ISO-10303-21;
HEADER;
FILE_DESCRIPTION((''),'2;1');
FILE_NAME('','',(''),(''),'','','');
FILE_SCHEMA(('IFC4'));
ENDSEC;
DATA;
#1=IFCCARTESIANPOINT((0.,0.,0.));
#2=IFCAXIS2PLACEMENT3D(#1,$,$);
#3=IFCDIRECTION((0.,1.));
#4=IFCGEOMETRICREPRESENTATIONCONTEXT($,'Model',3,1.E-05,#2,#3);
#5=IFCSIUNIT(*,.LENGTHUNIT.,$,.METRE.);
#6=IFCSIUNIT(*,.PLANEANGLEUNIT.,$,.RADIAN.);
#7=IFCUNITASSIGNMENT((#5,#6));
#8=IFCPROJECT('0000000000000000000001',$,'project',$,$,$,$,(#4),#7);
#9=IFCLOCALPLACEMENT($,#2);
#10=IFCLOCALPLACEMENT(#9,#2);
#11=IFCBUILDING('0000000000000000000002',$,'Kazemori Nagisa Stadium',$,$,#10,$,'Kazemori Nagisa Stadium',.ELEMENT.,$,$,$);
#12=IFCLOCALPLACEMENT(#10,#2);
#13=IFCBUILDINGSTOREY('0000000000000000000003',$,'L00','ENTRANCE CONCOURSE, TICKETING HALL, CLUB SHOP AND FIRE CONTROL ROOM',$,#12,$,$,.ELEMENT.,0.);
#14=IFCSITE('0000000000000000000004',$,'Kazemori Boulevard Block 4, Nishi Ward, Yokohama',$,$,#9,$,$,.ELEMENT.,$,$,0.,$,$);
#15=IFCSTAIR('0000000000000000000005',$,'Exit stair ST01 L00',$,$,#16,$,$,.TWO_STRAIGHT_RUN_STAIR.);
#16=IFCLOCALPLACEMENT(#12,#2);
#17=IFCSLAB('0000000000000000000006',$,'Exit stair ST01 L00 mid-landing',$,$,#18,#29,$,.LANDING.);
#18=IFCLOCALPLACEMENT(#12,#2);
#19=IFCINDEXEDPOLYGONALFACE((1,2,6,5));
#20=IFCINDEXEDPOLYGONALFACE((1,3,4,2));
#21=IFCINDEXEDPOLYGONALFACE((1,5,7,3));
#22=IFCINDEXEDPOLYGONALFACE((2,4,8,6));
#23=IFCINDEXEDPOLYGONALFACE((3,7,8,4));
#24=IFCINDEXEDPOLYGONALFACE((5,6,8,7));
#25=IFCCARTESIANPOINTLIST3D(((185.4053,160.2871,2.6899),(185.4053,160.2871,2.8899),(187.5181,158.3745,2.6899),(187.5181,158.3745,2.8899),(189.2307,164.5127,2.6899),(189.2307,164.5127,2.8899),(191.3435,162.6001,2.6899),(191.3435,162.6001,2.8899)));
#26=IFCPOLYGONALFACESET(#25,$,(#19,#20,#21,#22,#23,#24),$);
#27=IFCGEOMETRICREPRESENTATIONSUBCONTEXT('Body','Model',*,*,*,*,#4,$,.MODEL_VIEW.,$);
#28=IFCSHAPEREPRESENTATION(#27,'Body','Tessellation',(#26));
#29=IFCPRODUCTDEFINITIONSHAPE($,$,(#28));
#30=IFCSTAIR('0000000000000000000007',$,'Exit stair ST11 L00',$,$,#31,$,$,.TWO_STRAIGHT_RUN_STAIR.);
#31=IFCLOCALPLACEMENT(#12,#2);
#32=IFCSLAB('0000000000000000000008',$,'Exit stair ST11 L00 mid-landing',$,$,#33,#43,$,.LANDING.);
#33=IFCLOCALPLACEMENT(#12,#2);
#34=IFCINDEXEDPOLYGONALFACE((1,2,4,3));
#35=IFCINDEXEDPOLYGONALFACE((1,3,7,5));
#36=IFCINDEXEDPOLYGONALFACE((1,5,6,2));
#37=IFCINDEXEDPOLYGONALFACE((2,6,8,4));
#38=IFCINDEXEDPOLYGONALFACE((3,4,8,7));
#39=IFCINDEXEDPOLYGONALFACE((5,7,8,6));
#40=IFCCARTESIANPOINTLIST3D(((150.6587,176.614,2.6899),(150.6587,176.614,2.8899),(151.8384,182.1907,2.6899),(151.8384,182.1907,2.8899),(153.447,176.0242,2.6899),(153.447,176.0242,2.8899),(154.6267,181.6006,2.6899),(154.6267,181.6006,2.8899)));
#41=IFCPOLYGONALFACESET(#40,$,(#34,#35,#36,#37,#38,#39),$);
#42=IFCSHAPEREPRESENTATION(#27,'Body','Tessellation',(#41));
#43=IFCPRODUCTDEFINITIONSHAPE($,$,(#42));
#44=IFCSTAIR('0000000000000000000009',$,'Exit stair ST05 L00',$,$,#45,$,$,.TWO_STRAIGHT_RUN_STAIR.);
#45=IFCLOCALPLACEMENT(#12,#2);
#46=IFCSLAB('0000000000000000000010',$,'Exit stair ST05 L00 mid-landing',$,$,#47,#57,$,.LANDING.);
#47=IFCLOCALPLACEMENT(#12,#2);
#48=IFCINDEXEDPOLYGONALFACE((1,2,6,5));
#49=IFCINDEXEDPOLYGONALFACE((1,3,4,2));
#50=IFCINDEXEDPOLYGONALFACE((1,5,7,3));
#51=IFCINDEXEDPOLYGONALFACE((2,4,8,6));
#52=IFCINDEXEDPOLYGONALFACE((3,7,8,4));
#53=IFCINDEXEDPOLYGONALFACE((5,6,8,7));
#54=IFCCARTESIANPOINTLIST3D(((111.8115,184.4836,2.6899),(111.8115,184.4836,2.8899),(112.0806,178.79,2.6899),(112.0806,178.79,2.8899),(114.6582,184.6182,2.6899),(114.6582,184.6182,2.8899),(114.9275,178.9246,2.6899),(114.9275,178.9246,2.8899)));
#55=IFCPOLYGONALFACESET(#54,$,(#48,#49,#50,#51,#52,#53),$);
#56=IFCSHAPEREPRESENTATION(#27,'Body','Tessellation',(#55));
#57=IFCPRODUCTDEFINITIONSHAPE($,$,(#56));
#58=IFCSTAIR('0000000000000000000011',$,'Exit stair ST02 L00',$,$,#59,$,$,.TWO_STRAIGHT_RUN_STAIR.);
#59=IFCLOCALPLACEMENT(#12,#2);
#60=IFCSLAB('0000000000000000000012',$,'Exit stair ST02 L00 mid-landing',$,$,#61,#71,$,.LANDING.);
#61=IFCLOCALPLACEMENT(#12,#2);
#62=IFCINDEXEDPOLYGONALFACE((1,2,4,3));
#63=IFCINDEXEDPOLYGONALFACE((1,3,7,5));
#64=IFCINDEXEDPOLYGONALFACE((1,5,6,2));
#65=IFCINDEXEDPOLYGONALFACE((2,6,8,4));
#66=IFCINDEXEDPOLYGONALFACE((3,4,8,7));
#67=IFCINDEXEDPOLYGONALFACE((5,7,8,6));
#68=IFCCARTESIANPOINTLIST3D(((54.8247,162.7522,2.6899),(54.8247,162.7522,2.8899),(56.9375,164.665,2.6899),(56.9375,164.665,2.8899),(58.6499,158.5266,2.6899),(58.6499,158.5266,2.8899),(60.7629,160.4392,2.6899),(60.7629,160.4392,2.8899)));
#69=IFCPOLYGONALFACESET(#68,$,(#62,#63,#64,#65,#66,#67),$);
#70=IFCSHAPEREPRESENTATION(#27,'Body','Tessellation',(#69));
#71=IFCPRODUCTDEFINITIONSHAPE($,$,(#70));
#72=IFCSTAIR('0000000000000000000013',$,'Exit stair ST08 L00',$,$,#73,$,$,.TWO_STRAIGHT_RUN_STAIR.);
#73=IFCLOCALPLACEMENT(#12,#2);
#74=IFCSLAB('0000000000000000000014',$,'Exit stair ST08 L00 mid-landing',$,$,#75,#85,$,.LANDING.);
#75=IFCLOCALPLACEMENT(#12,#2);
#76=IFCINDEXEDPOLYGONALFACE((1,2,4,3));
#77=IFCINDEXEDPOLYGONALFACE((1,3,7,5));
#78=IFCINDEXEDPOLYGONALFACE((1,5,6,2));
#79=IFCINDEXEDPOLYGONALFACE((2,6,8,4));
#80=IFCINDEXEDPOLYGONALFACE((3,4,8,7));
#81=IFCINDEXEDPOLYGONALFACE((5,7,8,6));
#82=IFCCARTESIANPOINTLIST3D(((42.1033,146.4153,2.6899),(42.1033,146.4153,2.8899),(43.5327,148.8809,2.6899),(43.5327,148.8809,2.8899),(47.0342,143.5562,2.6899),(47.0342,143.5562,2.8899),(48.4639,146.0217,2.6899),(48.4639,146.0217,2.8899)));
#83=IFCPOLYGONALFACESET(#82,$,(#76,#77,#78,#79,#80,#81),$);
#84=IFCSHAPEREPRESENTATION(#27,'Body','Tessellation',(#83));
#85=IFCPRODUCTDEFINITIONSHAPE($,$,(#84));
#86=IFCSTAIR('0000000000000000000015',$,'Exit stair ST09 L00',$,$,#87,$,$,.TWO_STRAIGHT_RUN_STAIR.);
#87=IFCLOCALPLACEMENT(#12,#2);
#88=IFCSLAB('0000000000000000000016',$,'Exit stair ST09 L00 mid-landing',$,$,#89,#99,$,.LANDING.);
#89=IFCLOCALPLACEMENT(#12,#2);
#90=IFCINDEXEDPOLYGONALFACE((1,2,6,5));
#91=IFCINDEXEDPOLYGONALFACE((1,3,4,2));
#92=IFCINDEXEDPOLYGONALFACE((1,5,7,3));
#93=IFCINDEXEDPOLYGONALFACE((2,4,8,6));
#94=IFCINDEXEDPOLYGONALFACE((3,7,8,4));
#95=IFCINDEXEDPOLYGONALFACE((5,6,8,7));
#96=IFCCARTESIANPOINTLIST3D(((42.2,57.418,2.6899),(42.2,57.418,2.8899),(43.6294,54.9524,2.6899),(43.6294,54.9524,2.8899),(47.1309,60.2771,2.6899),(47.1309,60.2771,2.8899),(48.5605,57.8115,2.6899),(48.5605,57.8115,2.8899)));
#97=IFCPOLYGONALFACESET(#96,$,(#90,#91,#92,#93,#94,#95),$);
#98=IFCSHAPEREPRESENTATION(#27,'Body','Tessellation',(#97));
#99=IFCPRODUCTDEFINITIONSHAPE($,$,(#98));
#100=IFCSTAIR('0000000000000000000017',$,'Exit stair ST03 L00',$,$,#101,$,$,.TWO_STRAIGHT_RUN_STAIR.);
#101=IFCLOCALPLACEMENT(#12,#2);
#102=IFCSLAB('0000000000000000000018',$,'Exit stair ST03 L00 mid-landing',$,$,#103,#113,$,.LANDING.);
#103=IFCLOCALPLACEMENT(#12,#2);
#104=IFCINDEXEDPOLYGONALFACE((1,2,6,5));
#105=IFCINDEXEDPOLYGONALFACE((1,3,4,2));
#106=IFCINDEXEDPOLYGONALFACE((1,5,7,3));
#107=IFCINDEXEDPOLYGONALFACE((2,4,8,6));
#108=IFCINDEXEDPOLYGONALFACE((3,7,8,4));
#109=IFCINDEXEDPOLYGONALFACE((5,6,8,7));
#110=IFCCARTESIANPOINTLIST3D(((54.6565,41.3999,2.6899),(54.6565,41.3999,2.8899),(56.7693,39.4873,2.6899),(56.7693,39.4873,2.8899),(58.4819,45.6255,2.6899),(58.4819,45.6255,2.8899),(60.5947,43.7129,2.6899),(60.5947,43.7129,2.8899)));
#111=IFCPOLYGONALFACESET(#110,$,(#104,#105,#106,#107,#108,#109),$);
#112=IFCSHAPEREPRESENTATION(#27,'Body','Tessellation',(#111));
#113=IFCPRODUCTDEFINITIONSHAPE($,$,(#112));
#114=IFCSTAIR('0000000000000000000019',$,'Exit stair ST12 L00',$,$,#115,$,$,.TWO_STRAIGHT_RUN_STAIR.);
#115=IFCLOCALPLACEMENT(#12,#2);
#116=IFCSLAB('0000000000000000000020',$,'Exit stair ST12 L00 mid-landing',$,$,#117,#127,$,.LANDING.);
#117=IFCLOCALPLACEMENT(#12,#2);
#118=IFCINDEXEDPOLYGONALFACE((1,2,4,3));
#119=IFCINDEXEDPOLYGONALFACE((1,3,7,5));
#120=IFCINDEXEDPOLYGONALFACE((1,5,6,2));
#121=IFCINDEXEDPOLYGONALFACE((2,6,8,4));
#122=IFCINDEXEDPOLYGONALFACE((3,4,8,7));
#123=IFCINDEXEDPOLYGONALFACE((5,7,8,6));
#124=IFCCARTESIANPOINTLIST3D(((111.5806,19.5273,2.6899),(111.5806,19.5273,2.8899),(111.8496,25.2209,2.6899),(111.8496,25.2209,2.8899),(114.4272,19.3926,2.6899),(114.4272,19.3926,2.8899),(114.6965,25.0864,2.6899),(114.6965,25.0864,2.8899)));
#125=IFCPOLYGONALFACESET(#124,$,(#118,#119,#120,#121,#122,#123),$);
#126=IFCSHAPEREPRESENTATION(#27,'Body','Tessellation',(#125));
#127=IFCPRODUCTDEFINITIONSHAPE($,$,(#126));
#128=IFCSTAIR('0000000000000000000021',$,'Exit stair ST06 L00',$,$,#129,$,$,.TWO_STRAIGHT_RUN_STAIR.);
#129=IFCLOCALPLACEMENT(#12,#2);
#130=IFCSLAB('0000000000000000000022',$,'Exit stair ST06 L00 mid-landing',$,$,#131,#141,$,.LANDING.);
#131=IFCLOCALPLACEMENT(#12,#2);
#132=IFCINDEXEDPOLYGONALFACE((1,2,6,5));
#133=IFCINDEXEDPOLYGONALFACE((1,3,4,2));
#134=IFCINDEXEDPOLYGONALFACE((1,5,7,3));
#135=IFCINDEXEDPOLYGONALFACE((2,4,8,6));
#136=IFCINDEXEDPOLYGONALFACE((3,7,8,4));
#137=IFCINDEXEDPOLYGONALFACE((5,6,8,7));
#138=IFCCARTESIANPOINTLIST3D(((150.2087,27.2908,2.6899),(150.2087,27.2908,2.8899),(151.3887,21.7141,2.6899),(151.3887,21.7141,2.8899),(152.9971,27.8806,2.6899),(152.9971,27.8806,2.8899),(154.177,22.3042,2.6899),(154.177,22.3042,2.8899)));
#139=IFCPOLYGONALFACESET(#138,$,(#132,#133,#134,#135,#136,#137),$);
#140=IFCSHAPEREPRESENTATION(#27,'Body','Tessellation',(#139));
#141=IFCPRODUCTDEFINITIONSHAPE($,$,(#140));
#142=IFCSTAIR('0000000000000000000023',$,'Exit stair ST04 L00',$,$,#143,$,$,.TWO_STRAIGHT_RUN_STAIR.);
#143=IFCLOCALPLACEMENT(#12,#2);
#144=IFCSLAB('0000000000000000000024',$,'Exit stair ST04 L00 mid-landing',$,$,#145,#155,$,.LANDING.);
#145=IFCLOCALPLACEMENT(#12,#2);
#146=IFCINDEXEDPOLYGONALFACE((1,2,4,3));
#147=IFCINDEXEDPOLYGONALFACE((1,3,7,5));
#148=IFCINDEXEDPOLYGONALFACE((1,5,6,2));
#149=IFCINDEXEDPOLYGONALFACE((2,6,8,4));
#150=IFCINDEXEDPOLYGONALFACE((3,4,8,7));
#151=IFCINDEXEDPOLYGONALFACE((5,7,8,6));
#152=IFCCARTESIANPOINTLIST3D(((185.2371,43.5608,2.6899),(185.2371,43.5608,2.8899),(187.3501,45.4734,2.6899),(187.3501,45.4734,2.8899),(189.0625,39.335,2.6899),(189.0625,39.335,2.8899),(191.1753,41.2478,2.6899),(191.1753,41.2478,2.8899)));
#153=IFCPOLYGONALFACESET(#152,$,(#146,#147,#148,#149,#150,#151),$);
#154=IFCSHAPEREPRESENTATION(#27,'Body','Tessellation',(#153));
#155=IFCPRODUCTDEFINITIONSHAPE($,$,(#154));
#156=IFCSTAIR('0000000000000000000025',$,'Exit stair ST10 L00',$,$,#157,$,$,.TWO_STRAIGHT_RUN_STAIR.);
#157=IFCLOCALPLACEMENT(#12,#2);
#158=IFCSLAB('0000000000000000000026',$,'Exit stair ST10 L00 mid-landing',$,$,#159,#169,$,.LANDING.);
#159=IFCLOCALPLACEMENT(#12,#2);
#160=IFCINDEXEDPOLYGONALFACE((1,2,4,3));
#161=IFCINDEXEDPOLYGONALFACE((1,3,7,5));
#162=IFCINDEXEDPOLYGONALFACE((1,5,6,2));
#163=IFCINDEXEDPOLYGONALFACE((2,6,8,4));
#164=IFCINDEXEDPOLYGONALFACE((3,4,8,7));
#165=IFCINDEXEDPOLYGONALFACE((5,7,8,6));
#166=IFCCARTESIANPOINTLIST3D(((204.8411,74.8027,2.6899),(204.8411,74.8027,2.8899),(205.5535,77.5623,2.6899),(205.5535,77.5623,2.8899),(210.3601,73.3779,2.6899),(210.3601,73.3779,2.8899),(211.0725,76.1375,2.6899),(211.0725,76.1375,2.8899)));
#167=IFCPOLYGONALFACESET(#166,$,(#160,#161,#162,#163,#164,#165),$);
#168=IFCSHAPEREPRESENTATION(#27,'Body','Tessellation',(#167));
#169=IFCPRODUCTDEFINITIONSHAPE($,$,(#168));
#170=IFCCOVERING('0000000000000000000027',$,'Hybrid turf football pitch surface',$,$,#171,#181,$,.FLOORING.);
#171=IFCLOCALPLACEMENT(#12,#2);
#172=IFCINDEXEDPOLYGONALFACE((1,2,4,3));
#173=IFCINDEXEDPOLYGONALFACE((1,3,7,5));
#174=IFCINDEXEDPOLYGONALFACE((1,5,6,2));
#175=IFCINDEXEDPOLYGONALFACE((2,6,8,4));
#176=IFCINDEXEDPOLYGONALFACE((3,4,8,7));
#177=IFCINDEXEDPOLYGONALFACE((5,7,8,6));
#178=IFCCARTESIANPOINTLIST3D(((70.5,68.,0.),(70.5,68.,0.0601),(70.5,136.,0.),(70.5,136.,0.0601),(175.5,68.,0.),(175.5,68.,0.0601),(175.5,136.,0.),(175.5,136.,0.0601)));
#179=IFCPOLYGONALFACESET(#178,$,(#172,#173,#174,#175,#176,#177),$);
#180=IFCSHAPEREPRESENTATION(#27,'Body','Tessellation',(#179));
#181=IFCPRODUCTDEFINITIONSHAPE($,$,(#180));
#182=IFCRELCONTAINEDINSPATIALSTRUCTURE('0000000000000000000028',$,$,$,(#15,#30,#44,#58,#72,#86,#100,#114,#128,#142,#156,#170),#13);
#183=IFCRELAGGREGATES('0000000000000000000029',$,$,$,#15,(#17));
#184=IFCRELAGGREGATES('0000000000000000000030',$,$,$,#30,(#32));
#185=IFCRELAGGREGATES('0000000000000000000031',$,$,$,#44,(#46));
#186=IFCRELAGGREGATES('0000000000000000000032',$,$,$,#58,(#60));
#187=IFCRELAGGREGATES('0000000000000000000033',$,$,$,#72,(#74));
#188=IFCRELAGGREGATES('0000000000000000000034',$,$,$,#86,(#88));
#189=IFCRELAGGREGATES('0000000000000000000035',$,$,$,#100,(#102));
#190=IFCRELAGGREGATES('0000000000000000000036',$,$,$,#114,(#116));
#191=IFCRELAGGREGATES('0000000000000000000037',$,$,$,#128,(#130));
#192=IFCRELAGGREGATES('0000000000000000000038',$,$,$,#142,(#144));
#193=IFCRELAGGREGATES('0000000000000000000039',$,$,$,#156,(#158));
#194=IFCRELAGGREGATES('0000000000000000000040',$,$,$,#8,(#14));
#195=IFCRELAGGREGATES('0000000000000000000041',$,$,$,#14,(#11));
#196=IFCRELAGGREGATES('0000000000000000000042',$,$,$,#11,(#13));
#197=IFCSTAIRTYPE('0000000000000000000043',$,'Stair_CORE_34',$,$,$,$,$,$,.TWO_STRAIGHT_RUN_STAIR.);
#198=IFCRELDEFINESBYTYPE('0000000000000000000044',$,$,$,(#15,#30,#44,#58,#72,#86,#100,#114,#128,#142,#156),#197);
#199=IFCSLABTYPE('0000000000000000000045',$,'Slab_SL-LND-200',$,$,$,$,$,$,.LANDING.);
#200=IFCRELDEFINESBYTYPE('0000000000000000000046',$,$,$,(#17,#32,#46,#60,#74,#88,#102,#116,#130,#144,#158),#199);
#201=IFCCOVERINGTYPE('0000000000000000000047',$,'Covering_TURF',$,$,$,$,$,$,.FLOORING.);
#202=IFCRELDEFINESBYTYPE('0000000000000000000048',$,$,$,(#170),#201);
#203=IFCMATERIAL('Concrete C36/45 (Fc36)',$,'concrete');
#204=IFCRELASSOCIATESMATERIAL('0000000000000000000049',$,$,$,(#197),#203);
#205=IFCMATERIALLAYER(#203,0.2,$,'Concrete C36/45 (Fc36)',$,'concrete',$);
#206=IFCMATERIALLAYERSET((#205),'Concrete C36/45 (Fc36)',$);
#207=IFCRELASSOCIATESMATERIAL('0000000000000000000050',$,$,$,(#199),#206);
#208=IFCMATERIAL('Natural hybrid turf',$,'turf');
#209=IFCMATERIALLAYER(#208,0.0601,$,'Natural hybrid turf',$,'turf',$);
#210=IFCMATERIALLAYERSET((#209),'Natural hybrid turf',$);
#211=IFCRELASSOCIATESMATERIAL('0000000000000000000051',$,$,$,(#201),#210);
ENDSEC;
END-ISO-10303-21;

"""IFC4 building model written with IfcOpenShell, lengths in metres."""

from ifc_helpers import new_model, si_unit, direction, frame, origin, place, context, subcontext, project, spatial, polyline, outline, extrude, material, layer, layer_set, type_object, element, aggregate, save


model = new_model("IFC4")

# Units and contexts
model_context = context("Model", 3, precision=1e-05, world=origin(), true_north=direction((0.0, 1.0)))
body_context = subcontext(model_context, "Body", "Model", "MODEL_VIEW")
ifc_project = project(units=[si_unit("LENGTHUNIT", "METRE"), si_unit("PLANEANGLEUNIT", "RADIAN")], contexts=[model_context])

# Site, building, storey
site_placement = place(None, origin())
site = spatial("IfcSite", under=ifc_project, at=site_placement, Name="Kazemori Boulevard Block 4, Nishi Ward, Yokohama", CompositionType="ELEMENT", RefElevation=0.0)
building_placement = place(site_placement, origin())
building = spatial("IfcBuilding", under=site, at=building_placement, Name="Kazemori Nagisa Stadium", LongName="Kazemori Nagisa Stadium", CompositionType="ELEMENT")
storey_placement = place(building_placement, origin())
storey = spatial("IfcBuildingStorey", under=building, at=storey_placement, Name="L00", Description="ENTRANCE CONCOURSE, TICKETING HALL, CLUB SHOP AND FIRE CONTROL ROOM", CompositionType="ELEMENT", Elevation=0.0)

# Shared definitions
ifc_material_1 = material(Name="Concrete C36/45 (Fc36)", Category="concrete")

# Stairs, slabs
stair_type = type_object("IfcStairType", Name="Stair_CORE_34", PredefinedType="TWO_STRAIGHT_RUN_STAIR", material=ifc_material_1)
ifc_layer_1 = layer(ifc_material_1, 0.2, Name="Concrete C36/45 (Fc36)", Category="concrete")
ifc_layer_set_1 = layer_set([ifc_layer_1], Name="Concrete C36/45 (Fc36)")
slab_type_1 = type_object("IfcSlabType", Name="Slab_SL-LND-200", PredefinedType="LANDING", material=ifc_layer_set_1)
stair_1_placement = place(storey_placement, origin())
stair_1 = element("IfcStair", 1, at=stair_1_placement, inside=storey, type_object=stair_type, Name="Exit stair ST01 L00", PredefinedType="TWO_STRAIGHT_RUN_STAIR")
slab_1_placement = place(storey_placement, frame((0.0, 0.0, 2.6899)))
slab_1 = element("IfcSlab", 2, at=slab_1_placement, type_object=slab_type_1, Name="Exit stair ST01 L00 mid-landing", PredefinedType="LANDING", context=body_context, shape_type="SweptSolid", body=[
    extrude(outline(polyline([(187.5181, 158.3745), (185.4053, 160.2871), (189.2307, 164.5127), (191.3435, 162.6001), (187.5181, 158.3745)])), origin(), (0.0, 0.0, 1.0), 0.2),
])
aggregate(stair_1, [slab_1])
stair_2_placement = place(storey_placement, origin())
stair_2 = element("IfcStair", 3, at=stair_2_placement, inside=storey, type_object=stair_type, Name="Exit stair ST11 L00", PredefinedType="TWO_STRAIGHT_RUN_STAIR")
slab_2_placement = place(storey_placement, frame((0.0, 0.0, 2.6899)))
slab_2 = element("IfcSlab", 4, at=slab_2_placement, type_object=slab_type_1, Name="Exit stair ST11 L00 mid-landing", PredefinedType="LANDING", context=body_context, shape_type="SweptSolid", body=[
    extrude(outline(polyline([(153.447, 176.0242), (150.6587, 176.614), (151.8384, 182.1907), (154.6267, 181.6006), (153.447, 176.0242)])), origin(), (0.0, 0.0, 1.0), 0.2),
])
aggregate(stair_2, [slab_2])
stair_3_placement = place(storey_placement, origin())
stair_3 = element("IfcStair", 5, at=stair_3_placement, inside=storey, type_object=stair_type, Name="Exit stair ST05 L00", PredefinedType="TWO_STRAIGHT_RUN_STAIR")
slab_3_placement = place(storey_placement, frame((0.0, 0.0, 2.6899)))
slab_3 = element("IfcSlab", 6, at=slab_3_placement, type_object=slab_type_1, Name="Exit stair ST05 L00 mid-landing", PredefinedType="LANDING", context=body_context, shape_type="SweptSolid", body=[
    extrude(outline(polyline([(114.9275, 178.9246), (112.0806, 178.79), (111.8115, 184.4836), (114.6582, 184.6182), (114.9275, 178.9246)])), origin(), (0.0, 0.0, 1.0), 0.2),
])
aggregate(stair_3, [slab_3])
stair_4_placement = place(storey_placement, origin())
stair_4 = element("IfcStair", 7, at=stair_4_placement, inside=storey, type_object=stair_type, Name="Exit stair ST02 L00", PredefinedType="TWO_STRAIGHT_RUN_STAIR")
slab_4_placement = place(storey_placement, frame((0.0, 0.0, 2.6899)))
slab_4 = element("IfcSlab", 8, at=slab_4_placement, type_object=slab_type_1, Name="Exit stair ST02 L00 mid-landing", PredefinedType="LANDING", context=body_context, shape_type="SweptSolid", body=[
    extrude(outline(polyline([(60.7629, 160.4392), (58.6499, 158.5266), (54.8247, 162.7522), (56.9375, 164.665), (60.7629, 160.4392)])), origin(), (0.0, 0.0, 1.0), 0.2),
])
aggregate(stair_4, [slab_4])
stair_5_placement = place(storey_placement, origin())
stair_5 = element("IfcStair", 9, at=stair_5_placement, inside=storey, type_object=stair_type, Name="Exit stair ST08 L00", PredefinedType="TWO_STRAIGHT_RUN_STAIR")
slab_5_placement = place(storey_placement, frame((0.0, 0.0, 2.6899)))
slab_5 = element("IfcSlab", 10, at=slab_5_placement, type_object=slab_type_1, Name="Exit stair ST08 L00 mid-landing", PredefinedType="LANDING", context=body_context, shape_type="SweptSolid", body=[
    extrude(outline(polyline([(48.4639, 146.0217), (47.0342, 143.5562), (42.1033, 146.4153), (43.5327, 148.8809), (48.4639, 146.0217)])), origin(), (0.0, 0.0, 1.0), 0.2),
])
aggregate(stair_5, [slab_5])
stair_6_placement = place(storey_placement, origin())
stair_6 = element("IfcStair", 11, at=stair_6_placement, inside=storey, type_object=stair_type, Name="Exit stair ST09 L00", PredefinedType="TWO_STRAIGHT_RUN_STAIR")
slab_6_placement = place(storey_placement, frame((0.0, 0.0, 2.6899)))
slab_6 = element("IfcSlab", 12, at=slab_6_placement, type_object=slab_type_1, Name="Exit stair ST09 L00 mid-landing", PredefinedType="LANDING", context=body_context, shape_type="SweptSolid", body=[
    extrude(outline(polyline([(47.1309, 60.2771), (48.5605, 57.8115), (43.6294, 54.9524), (42.2, 57.418), (47.1309, 60.2771)])), origin(), (0.0, 0.0, 1.0), 0.2),
])
aggregate(stair_6, [slab_6])
stair_7_placement = place(storey_placement, origin())
stair_7 = element("IfcStair", 13, at=stair_7_placement, inside=storey, type_object=stair_type, Name="Exit stair ST03 L00", PredefinedType="TWO_STRAIGHT_RUN_STAIR")
slab_7_placement = place(storey_placement, frame((0.0, 0.0, 2.6899)))
slab_7 = element("IfcSlab", 14, at=slab_7_placement, type_object=slab_type_1, Name="Exit stair ST03 L00 mid-landing", PredefinedType="LANDING", context=body_context, shape_type="SweptSolid", body=[
    extrude(outline(polyline([(58.4819, 45.6255), (60.5947, 43.7129), (56.7693, 39.4873), (54.6565, 41.3999), (58.4819, 45.6255)])), origin(), (0.0, 0.0, 1.0), 0.2),
])
aggregate(stair_7, [slab_7])
stair_8_placement = place(storey_placement, origin())
stair_8 = element("IfcStair", 15, at=stair_8_placement, inside=storey, type_object=stair_type, Name="Exit stair ST12 L00", PredefinedType="TWO_STRAIGHT_RUN_STAIR")
slab_8_placement = place(storey_placement, frame((0.0, 0.0, 2.6899)))
slab_8 = element("IfcSlab", 16, at=slab_8_placement, type_object=slab_type_1, Name="Exit stair ST12 L00 mid-landing", PredefinedType="LANDING", context=body_context, shape_type="SweptSolid", body=[
    extrude(outline(polyline([(111.8496, 25.2209), (114.6965, 25.0864), (114.4272, 19.3926), (111.5806, 19.5273), (111.8496, 25.2209)])), origin(), (0.0, 0.0, 1.0), 0.2),
])
aggregate(stair_8, [slab_8])
stair_9_placement = place(storey_placement, origin())
stair_9 = element("IfcStair", 17, at=stair_9_placement, inside=storey, type_object=stair_type, Name="Exit stair ST06 L00", PredefinedType="TWO_STRAIGHT_RUN_STAIR")
slab_9_placement = place(storey_placement, frame((0.0, 0.0, 2.6899)))
slab_9 = element("IfcSlab", 18, at=slab_9_placement, type_object=slab_type_1, Name="Exit stair ST06 L00 mid-landing", PredefinedType="LANDING", context=body_context, shape_type="SweptSolid", body=[
    extrude(outline(polyline([(150.2087, 27.2908), (152.9971, 27.8806), (154.177, 22.3042), (151.3887, 21.7141), (150.2087, 27.2908)])), origin(), (0.0, 0.0, 1.0), 0.2),
])
aggregate(stair_9, [slab_9])
stair_10_placement = place(storey_placement, origin())
stair_10 = element("IfcStair", 19, at=stair_10_placement, inside=storey, type_object=stair_type, Name="Exit stair ST04 L00", PredefinedType="TWO_STRAIGHT_RUN_STAIR")
slab_10_placement = place(storey_placement, frame((0.0, 0.0, 2.6899)))
slab_10 = element("IfcSlab", 20, at=slab_10_placement, type_object=slab_type_1, Name="Exit stair ST04 L00 mid-landing", PredefinedType="LANDING", context=body_context, shape_type="SweptSolid", body=[
    extrude(outline(polyline([(185.2371, 43.5608), (187.3501, 45.4734), (191.1753, 41.2478), (189.0625, 39.335), (185.2371, 43.5608)])), origin(), (0.0, 0.0, 1.0), 0.2),
])
aggregate(stair_10, [slab_10])
stair_11_placement = place(storey_placement, origin())
stair_11 = element("IfcStair", 21, at=stair_11_placement, inside=storey, type_object=stair_type, Name="Exit stair ST10 L00", PredefinedType="TWO_STRAIGHT_RUN_STAIR")
slab_11_placement = place(storey_placement, frame((0.0, 0.0, 2.6899)))
slab_11 = element("IfcSlab", 22, at=slab_11_placement, type_object=slab_type_1, Name="Exit stair ST10 L00 mid-landing", PredefinedType="LANDING", context=body_context, shape_type="SweptSolid", body=[
    extrude(outline(polyline([(204.8411, 74.8027), (205.5535, 77.5623), (211.0725, 76.1375), (210.3601, 73.3779), (204.8411, 74.8027)])), origin(), (0.0, 0.0, 1.0), 0.2),
])
aggregate(stair_11, [slab_11])

# Covering
ifc_material_2 = material(Name="Natural hybrid turf", Category="turf")
ifc_layer_2 = layer(ifc_material_2, 0.0601, Name="Natural hybrid turf", Category="turf")
ifc_layer_set_2 = layer_set([ifc_layer_2], Name="Natural hybrid turf")
covering_type = type_object("IfcCoveringType", Name="Covering_TURF", PredefinedType="FLOORING", material=ifc_layer_set_2)
covering_placement = place(storey_placement, origin())
element("IfcCovering", 23, at=covering_placement, inside=storey, type_object=covering_type, Name="Hybrid turf football pitch surface", PredefinedType="FLOORING", context=body_context, shape_type="SweptSolid", body=[
    extrude(outline(polyline([(70.5, 68.0), (175.5, 68.0), (175.5, 136.0), (70.5, 136.0), (70.5, 68.0)])), origin(), (0.0, 0.0, 1.0), 0.0601),
])

save(model, "model.ifc")
